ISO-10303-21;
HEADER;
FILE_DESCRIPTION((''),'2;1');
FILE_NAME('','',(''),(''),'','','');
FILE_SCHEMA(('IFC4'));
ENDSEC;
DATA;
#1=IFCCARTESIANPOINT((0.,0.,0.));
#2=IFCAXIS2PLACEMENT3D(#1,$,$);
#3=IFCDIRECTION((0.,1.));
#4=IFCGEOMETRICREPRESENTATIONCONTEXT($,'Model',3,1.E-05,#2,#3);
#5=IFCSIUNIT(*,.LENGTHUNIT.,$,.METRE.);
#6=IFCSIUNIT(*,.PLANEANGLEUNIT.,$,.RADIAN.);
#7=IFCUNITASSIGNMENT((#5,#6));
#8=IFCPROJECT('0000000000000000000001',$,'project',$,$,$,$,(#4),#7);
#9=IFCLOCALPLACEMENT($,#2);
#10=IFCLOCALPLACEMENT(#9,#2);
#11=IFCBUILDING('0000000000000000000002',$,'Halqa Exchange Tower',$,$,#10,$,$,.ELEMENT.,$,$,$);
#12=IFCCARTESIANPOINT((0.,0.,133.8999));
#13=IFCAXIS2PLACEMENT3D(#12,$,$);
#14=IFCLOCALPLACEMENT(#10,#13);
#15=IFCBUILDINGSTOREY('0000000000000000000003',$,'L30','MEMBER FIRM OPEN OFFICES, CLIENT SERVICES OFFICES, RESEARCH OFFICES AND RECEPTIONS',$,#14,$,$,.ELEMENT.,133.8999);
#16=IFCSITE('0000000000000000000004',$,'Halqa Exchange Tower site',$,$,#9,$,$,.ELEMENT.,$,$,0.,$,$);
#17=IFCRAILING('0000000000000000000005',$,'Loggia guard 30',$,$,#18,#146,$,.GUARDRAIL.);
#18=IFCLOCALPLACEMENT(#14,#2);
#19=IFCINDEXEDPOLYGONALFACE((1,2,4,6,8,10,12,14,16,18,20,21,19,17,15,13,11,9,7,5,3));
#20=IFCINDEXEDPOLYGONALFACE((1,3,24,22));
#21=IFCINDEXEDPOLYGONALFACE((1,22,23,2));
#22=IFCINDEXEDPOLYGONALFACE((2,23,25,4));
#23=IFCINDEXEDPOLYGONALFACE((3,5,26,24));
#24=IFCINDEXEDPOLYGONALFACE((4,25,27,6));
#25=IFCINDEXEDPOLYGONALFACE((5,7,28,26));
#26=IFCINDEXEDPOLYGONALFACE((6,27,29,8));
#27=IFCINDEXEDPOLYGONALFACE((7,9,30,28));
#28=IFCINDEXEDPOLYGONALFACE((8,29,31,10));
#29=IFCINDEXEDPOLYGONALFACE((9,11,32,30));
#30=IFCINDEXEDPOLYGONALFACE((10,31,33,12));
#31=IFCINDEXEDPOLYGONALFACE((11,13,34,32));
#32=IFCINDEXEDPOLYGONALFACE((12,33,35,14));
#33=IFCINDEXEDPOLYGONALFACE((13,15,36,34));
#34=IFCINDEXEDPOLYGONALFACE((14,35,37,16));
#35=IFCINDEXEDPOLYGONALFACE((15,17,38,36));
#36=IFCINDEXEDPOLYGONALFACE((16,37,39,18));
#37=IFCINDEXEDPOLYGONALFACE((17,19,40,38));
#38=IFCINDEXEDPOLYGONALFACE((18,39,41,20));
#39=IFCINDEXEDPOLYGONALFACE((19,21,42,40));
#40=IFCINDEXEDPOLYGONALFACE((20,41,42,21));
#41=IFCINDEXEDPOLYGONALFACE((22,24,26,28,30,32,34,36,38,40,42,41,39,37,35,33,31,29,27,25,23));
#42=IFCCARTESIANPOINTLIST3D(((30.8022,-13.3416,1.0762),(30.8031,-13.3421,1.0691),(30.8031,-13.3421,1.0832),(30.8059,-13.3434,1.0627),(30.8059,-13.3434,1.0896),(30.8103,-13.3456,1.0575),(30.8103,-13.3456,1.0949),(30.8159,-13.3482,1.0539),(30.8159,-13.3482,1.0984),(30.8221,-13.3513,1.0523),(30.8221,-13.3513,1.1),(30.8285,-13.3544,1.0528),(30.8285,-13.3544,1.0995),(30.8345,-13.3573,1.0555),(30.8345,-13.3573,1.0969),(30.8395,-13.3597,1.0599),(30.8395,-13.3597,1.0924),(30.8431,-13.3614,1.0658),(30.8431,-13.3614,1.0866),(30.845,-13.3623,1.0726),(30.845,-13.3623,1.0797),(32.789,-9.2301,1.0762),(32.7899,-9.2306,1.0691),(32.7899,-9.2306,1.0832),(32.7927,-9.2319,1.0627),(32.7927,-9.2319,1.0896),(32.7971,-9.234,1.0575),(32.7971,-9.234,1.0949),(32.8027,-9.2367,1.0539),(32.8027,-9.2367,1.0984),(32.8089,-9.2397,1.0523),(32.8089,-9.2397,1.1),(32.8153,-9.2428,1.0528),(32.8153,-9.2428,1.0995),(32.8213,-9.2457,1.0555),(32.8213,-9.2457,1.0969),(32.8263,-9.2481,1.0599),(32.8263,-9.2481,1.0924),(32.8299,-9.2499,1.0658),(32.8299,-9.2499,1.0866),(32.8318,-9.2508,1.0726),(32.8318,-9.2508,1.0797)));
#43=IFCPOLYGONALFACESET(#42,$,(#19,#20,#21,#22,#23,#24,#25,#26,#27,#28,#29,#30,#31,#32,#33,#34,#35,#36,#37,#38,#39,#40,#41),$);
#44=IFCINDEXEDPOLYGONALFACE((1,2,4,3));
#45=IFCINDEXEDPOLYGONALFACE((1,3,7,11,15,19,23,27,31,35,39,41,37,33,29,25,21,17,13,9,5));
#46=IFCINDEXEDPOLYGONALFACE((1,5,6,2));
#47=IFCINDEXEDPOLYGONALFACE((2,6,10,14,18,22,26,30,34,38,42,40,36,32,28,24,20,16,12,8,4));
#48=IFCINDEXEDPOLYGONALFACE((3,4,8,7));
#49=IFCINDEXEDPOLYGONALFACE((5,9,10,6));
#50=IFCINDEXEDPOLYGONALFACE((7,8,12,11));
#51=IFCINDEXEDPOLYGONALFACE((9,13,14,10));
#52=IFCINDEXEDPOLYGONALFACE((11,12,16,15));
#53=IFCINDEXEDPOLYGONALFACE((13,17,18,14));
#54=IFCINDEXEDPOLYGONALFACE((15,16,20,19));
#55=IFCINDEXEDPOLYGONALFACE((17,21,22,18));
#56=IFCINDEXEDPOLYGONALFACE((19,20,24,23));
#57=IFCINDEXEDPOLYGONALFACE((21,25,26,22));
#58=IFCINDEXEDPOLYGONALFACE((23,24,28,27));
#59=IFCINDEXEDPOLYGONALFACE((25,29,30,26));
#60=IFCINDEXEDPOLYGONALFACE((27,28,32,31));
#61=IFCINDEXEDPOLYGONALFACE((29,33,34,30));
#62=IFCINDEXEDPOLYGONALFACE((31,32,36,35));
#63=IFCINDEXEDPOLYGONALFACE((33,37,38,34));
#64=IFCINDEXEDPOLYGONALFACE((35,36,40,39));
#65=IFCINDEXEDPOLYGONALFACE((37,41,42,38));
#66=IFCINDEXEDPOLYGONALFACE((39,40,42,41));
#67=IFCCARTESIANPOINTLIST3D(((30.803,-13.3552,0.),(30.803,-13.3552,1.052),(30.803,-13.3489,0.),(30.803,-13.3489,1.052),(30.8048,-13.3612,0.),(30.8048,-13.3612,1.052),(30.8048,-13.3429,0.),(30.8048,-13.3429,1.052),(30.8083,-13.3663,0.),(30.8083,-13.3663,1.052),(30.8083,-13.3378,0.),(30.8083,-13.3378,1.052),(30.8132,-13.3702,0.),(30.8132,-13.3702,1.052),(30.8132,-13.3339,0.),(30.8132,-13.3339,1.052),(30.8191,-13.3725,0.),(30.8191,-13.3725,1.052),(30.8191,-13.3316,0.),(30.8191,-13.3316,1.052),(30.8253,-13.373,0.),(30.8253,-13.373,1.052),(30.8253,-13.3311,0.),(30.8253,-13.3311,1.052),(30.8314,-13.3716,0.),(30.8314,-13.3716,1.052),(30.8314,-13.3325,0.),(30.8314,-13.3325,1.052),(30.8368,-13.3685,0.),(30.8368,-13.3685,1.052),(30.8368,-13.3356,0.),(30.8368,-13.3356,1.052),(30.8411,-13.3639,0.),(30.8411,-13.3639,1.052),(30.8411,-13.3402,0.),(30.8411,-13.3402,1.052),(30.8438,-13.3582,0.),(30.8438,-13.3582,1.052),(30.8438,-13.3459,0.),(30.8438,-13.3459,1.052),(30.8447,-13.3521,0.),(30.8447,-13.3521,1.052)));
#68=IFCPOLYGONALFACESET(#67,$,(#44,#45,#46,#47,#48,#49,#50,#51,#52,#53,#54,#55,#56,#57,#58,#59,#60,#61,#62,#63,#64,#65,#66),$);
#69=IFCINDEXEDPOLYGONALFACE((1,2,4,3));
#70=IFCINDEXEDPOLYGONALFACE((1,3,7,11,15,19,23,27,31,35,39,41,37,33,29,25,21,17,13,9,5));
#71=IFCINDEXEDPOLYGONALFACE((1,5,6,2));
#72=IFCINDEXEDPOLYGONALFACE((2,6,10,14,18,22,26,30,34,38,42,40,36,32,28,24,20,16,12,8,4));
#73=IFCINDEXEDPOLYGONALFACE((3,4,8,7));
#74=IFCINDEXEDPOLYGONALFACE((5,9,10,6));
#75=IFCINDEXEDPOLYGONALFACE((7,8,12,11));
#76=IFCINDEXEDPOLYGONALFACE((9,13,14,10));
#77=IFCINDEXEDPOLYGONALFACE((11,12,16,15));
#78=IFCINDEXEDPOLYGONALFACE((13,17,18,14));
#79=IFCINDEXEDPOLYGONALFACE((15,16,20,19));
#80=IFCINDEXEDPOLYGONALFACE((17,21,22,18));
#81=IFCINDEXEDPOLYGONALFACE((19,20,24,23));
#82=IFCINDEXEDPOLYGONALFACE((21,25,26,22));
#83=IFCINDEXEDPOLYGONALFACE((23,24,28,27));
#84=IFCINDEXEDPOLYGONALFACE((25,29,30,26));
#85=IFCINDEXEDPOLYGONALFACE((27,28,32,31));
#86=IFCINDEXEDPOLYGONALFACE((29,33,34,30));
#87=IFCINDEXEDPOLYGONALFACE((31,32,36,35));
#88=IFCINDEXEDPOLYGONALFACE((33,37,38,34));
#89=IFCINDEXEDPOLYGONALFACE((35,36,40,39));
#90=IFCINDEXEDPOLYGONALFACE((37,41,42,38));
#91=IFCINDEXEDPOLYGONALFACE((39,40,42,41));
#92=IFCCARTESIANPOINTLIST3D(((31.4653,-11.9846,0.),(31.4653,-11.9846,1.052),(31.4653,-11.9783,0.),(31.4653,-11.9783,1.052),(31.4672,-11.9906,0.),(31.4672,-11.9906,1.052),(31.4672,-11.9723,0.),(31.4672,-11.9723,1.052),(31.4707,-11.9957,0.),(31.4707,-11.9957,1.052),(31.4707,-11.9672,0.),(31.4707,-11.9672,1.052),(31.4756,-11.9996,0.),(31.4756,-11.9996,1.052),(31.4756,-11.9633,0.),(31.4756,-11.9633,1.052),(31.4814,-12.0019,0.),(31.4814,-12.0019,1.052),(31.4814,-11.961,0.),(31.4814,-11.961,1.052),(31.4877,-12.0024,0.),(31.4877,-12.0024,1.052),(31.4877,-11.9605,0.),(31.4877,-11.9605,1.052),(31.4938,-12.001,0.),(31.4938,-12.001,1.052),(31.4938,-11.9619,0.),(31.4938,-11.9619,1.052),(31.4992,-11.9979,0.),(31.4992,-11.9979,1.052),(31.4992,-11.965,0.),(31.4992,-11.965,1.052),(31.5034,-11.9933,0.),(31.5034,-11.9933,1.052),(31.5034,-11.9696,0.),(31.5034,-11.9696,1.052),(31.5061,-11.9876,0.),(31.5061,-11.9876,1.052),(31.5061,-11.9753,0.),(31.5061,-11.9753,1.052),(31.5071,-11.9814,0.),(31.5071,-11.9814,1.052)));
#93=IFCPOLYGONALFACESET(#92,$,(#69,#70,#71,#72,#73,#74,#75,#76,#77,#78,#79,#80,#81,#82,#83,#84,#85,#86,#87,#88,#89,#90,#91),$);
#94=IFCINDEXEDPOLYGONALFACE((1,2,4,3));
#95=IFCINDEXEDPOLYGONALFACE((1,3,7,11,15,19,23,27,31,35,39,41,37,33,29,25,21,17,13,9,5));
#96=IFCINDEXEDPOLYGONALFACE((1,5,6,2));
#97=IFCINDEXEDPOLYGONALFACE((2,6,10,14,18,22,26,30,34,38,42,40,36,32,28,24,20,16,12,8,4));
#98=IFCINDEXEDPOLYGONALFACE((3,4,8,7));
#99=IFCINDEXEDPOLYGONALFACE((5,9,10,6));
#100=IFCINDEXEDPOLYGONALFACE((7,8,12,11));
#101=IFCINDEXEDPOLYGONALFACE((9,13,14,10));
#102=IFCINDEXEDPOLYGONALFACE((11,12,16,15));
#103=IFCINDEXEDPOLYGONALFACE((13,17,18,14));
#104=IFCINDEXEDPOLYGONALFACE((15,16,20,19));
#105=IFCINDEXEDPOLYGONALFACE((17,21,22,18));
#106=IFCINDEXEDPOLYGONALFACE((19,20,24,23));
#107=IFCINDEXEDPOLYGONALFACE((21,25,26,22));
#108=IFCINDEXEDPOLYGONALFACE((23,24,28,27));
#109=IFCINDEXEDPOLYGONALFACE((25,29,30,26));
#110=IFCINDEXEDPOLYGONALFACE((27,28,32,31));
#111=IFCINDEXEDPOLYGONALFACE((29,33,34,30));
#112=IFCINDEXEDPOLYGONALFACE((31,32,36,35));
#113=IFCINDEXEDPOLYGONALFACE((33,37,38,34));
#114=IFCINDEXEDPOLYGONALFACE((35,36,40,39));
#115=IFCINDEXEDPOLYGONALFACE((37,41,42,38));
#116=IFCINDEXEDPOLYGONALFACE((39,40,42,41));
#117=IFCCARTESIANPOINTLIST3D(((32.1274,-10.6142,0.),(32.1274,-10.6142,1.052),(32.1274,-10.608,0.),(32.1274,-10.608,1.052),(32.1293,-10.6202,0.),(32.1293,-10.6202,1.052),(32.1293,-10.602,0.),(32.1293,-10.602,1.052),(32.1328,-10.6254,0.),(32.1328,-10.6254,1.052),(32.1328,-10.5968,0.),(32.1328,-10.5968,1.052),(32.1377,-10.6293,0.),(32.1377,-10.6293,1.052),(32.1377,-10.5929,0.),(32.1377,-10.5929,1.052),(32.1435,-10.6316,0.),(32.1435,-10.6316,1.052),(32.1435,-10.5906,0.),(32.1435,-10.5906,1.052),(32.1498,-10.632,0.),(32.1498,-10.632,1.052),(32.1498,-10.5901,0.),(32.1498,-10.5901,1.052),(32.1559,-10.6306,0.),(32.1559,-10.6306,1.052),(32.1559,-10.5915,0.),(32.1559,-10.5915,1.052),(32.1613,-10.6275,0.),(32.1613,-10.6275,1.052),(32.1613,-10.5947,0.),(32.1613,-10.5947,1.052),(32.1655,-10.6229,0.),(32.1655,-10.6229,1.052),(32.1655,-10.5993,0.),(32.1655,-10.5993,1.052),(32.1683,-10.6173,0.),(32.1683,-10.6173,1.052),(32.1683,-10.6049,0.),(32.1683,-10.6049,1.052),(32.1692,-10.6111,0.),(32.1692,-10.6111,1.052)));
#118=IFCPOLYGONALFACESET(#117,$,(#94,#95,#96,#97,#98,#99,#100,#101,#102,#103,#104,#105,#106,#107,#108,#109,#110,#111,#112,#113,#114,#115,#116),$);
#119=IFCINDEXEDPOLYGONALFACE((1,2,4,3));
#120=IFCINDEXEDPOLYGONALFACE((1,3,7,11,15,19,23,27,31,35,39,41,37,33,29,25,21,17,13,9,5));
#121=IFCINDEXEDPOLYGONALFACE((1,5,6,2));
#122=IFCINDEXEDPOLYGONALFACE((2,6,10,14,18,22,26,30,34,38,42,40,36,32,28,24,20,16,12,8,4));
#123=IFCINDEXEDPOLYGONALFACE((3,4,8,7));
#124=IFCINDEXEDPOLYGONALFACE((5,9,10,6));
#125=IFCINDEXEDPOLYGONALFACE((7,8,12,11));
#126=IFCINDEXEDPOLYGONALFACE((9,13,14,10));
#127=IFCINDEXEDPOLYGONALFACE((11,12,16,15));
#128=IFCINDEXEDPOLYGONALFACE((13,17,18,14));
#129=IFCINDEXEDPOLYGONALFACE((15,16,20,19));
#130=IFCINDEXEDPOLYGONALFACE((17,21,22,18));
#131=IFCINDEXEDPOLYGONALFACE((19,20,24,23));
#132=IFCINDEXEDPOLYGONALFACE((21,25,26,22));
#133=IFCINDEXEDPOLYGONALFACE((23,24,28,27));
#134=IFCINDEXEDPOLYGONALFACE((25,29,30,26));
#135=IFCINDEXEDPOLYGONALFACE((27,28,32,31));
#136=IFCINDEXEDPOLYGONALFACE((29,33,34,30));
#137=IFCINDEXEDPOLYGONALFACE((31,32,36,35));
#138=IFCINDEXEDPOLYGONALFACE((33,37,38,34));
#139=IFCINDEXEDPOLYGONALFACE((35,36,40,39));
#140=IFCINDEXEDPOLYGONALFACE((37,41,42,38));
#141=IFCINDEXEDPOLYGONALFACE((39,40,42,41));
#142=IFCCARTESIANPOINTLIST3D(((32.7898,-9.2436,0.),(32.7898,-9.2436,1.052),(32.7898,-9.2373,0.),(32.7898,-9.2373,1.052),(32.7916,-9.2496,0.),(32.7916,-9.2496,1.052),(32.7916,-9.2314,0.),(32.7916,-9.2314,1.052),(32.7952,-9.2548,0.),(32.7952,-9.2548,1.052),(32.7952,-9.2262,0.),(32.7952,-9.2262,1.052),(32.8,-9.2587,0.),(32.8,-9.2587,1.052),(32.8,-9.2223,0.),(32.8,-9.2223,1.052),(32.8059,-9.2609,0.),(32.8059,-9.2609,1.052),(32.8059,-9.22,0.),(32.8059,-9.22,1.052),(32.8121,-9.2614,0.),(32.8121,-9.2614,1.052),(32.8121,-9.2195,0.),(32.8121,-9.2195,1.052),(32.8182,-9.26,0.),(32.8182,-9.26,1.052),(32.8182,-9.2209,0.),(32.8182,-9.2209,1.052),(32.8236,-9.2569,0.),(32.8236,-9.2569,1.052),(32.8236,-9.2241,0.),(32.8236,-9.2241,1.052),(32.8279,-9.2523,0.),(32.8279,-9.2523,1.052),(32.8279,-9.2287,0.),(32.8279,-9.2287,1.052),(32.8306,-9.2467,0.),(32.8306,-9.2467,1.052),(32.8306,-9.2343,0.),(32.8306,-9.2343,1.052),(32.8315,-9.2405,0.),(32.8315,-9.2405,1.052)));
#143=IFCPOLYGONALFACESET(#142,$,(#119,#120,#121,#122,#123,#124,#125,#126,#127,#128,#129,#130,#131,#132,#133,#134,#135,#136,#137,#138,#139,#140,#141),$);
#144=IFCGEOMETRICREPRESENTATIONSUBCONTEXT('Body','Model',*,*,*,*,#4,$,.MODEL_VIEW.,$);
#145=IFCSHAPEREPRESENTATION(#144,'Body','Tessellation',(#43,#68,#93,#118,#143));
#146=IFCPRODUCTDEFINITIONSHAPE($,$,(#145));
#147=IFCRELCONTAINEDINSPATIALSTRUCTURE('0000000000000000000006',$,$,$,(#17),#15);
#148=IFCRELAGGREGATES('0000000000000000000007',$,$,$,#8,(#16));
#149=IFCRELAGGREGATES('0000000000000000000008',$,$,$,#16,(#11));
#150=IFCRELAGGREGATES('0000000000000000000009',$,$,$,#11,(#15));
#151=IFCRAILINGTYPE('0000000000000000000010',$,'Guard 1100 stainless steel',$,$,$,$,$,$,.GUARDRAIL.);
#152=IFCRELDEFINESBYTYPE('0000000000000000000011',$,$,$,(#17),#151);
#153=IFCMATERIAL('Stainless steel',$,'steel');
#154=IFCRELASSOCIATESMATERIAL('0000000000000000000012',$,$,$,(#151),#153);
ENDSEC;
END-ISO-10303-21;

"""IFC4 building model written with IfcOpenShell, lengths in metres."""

from ifc_helpers import new_model, si_unit, direction, frame, origin, origin_2d, place, context, subcontext, project, spatial, circle, extrude, material, type_object, element, save


model = new_model("IFC4")

# Units and contexts
model_context = context("Model", 3, precision=1e-05, world=origin(), true_north=direction((0.0, 1.0)))
body_context = subcontext(model_context, "Body", "Model", "MODEL_VIEW")
ifc_project = project(units=[si_unit("LENGTHUNIT", "METRE"), si_unit("PLANEANGLEUNIT", "RADIAN")], contexts=[model_context])

# Site, building, storey
site_placement = place(None, origin())
site = spatial("IfcSite", under=ifc_project, at=site_placement, Name="Halqa Exchange Tower site", CompositionType="ELEMENT", RefElevation=0.0)
building_placement = place(site_placement, origin())
building = spatial("IfcBuilding", under=site, at=building_placement, Name="Halqa Exchange Tower", CompositionType="ELEMENT")
storey_placement = place(building_placement, frame((0.0, 0.0, 133.8999)))
storey = spatial("IfcBuildingStorey", under=building, at=storey_placement, Name="L30", Description="MEMBER FIRM OPEN OFFICES, CLIENT SERVICES OFFICES, RESEARCH OFFICES AND RECEPTIONS", CompositionType="ELEMENT", Elevation=133.8999)

# Railing
ifc_material_1 = material(Name="Stainless steel", Category="steel")
railing_type = type_object("IfcRailingType", Name="Guard 1100 stainless steel", PredefinedType="GUARDRAIL", material=ifc_material_1)
railing_1_placement = place(storey_placement, frame((30.8237, -13.3521, 0.0)))
element("IfcRailing", 1, at=railing_1_placement, inside=storey, type_object=railing_type, Name="Loggia guard 30", PredefinedType="GUARDRAIL", context=body_context, shape_type="SweptSolid", body=[
    extrude(circle(Radius=0.0239, at=origin_2d()), frame((0.0, 0.0, 1.0762), z_axis=(0.43509, 0.900387, 0.0), x_axis=(-0.900387, 0.43509, 0.0)), (0.0, 0.0, 1.0), 4.5664),
    extrude(circle(Radius=0.021, at=origin_2d()), origin(), (0.0, 0.0, 1.0), 1.052),
    extrude(circle(Radius=0.021, at=origin_2d()), frame((0.6624, 1.3706, 0.0)), (0.0, 0.0, 1.0), 1.052),
    extrude(circle(Radius=0.021, at=origin_2d()), frame((1.3245, 2.741, 0.0)), (0.0, 0.0, 1.0), 1.052),
    extrude(circle(Radius=0.021, at=origin_2d()), frame((1.9868, 4.1116, 0.0)), (0.0, 0.0, 1.0), 1.052),
])

save(model, "model.ifc")
